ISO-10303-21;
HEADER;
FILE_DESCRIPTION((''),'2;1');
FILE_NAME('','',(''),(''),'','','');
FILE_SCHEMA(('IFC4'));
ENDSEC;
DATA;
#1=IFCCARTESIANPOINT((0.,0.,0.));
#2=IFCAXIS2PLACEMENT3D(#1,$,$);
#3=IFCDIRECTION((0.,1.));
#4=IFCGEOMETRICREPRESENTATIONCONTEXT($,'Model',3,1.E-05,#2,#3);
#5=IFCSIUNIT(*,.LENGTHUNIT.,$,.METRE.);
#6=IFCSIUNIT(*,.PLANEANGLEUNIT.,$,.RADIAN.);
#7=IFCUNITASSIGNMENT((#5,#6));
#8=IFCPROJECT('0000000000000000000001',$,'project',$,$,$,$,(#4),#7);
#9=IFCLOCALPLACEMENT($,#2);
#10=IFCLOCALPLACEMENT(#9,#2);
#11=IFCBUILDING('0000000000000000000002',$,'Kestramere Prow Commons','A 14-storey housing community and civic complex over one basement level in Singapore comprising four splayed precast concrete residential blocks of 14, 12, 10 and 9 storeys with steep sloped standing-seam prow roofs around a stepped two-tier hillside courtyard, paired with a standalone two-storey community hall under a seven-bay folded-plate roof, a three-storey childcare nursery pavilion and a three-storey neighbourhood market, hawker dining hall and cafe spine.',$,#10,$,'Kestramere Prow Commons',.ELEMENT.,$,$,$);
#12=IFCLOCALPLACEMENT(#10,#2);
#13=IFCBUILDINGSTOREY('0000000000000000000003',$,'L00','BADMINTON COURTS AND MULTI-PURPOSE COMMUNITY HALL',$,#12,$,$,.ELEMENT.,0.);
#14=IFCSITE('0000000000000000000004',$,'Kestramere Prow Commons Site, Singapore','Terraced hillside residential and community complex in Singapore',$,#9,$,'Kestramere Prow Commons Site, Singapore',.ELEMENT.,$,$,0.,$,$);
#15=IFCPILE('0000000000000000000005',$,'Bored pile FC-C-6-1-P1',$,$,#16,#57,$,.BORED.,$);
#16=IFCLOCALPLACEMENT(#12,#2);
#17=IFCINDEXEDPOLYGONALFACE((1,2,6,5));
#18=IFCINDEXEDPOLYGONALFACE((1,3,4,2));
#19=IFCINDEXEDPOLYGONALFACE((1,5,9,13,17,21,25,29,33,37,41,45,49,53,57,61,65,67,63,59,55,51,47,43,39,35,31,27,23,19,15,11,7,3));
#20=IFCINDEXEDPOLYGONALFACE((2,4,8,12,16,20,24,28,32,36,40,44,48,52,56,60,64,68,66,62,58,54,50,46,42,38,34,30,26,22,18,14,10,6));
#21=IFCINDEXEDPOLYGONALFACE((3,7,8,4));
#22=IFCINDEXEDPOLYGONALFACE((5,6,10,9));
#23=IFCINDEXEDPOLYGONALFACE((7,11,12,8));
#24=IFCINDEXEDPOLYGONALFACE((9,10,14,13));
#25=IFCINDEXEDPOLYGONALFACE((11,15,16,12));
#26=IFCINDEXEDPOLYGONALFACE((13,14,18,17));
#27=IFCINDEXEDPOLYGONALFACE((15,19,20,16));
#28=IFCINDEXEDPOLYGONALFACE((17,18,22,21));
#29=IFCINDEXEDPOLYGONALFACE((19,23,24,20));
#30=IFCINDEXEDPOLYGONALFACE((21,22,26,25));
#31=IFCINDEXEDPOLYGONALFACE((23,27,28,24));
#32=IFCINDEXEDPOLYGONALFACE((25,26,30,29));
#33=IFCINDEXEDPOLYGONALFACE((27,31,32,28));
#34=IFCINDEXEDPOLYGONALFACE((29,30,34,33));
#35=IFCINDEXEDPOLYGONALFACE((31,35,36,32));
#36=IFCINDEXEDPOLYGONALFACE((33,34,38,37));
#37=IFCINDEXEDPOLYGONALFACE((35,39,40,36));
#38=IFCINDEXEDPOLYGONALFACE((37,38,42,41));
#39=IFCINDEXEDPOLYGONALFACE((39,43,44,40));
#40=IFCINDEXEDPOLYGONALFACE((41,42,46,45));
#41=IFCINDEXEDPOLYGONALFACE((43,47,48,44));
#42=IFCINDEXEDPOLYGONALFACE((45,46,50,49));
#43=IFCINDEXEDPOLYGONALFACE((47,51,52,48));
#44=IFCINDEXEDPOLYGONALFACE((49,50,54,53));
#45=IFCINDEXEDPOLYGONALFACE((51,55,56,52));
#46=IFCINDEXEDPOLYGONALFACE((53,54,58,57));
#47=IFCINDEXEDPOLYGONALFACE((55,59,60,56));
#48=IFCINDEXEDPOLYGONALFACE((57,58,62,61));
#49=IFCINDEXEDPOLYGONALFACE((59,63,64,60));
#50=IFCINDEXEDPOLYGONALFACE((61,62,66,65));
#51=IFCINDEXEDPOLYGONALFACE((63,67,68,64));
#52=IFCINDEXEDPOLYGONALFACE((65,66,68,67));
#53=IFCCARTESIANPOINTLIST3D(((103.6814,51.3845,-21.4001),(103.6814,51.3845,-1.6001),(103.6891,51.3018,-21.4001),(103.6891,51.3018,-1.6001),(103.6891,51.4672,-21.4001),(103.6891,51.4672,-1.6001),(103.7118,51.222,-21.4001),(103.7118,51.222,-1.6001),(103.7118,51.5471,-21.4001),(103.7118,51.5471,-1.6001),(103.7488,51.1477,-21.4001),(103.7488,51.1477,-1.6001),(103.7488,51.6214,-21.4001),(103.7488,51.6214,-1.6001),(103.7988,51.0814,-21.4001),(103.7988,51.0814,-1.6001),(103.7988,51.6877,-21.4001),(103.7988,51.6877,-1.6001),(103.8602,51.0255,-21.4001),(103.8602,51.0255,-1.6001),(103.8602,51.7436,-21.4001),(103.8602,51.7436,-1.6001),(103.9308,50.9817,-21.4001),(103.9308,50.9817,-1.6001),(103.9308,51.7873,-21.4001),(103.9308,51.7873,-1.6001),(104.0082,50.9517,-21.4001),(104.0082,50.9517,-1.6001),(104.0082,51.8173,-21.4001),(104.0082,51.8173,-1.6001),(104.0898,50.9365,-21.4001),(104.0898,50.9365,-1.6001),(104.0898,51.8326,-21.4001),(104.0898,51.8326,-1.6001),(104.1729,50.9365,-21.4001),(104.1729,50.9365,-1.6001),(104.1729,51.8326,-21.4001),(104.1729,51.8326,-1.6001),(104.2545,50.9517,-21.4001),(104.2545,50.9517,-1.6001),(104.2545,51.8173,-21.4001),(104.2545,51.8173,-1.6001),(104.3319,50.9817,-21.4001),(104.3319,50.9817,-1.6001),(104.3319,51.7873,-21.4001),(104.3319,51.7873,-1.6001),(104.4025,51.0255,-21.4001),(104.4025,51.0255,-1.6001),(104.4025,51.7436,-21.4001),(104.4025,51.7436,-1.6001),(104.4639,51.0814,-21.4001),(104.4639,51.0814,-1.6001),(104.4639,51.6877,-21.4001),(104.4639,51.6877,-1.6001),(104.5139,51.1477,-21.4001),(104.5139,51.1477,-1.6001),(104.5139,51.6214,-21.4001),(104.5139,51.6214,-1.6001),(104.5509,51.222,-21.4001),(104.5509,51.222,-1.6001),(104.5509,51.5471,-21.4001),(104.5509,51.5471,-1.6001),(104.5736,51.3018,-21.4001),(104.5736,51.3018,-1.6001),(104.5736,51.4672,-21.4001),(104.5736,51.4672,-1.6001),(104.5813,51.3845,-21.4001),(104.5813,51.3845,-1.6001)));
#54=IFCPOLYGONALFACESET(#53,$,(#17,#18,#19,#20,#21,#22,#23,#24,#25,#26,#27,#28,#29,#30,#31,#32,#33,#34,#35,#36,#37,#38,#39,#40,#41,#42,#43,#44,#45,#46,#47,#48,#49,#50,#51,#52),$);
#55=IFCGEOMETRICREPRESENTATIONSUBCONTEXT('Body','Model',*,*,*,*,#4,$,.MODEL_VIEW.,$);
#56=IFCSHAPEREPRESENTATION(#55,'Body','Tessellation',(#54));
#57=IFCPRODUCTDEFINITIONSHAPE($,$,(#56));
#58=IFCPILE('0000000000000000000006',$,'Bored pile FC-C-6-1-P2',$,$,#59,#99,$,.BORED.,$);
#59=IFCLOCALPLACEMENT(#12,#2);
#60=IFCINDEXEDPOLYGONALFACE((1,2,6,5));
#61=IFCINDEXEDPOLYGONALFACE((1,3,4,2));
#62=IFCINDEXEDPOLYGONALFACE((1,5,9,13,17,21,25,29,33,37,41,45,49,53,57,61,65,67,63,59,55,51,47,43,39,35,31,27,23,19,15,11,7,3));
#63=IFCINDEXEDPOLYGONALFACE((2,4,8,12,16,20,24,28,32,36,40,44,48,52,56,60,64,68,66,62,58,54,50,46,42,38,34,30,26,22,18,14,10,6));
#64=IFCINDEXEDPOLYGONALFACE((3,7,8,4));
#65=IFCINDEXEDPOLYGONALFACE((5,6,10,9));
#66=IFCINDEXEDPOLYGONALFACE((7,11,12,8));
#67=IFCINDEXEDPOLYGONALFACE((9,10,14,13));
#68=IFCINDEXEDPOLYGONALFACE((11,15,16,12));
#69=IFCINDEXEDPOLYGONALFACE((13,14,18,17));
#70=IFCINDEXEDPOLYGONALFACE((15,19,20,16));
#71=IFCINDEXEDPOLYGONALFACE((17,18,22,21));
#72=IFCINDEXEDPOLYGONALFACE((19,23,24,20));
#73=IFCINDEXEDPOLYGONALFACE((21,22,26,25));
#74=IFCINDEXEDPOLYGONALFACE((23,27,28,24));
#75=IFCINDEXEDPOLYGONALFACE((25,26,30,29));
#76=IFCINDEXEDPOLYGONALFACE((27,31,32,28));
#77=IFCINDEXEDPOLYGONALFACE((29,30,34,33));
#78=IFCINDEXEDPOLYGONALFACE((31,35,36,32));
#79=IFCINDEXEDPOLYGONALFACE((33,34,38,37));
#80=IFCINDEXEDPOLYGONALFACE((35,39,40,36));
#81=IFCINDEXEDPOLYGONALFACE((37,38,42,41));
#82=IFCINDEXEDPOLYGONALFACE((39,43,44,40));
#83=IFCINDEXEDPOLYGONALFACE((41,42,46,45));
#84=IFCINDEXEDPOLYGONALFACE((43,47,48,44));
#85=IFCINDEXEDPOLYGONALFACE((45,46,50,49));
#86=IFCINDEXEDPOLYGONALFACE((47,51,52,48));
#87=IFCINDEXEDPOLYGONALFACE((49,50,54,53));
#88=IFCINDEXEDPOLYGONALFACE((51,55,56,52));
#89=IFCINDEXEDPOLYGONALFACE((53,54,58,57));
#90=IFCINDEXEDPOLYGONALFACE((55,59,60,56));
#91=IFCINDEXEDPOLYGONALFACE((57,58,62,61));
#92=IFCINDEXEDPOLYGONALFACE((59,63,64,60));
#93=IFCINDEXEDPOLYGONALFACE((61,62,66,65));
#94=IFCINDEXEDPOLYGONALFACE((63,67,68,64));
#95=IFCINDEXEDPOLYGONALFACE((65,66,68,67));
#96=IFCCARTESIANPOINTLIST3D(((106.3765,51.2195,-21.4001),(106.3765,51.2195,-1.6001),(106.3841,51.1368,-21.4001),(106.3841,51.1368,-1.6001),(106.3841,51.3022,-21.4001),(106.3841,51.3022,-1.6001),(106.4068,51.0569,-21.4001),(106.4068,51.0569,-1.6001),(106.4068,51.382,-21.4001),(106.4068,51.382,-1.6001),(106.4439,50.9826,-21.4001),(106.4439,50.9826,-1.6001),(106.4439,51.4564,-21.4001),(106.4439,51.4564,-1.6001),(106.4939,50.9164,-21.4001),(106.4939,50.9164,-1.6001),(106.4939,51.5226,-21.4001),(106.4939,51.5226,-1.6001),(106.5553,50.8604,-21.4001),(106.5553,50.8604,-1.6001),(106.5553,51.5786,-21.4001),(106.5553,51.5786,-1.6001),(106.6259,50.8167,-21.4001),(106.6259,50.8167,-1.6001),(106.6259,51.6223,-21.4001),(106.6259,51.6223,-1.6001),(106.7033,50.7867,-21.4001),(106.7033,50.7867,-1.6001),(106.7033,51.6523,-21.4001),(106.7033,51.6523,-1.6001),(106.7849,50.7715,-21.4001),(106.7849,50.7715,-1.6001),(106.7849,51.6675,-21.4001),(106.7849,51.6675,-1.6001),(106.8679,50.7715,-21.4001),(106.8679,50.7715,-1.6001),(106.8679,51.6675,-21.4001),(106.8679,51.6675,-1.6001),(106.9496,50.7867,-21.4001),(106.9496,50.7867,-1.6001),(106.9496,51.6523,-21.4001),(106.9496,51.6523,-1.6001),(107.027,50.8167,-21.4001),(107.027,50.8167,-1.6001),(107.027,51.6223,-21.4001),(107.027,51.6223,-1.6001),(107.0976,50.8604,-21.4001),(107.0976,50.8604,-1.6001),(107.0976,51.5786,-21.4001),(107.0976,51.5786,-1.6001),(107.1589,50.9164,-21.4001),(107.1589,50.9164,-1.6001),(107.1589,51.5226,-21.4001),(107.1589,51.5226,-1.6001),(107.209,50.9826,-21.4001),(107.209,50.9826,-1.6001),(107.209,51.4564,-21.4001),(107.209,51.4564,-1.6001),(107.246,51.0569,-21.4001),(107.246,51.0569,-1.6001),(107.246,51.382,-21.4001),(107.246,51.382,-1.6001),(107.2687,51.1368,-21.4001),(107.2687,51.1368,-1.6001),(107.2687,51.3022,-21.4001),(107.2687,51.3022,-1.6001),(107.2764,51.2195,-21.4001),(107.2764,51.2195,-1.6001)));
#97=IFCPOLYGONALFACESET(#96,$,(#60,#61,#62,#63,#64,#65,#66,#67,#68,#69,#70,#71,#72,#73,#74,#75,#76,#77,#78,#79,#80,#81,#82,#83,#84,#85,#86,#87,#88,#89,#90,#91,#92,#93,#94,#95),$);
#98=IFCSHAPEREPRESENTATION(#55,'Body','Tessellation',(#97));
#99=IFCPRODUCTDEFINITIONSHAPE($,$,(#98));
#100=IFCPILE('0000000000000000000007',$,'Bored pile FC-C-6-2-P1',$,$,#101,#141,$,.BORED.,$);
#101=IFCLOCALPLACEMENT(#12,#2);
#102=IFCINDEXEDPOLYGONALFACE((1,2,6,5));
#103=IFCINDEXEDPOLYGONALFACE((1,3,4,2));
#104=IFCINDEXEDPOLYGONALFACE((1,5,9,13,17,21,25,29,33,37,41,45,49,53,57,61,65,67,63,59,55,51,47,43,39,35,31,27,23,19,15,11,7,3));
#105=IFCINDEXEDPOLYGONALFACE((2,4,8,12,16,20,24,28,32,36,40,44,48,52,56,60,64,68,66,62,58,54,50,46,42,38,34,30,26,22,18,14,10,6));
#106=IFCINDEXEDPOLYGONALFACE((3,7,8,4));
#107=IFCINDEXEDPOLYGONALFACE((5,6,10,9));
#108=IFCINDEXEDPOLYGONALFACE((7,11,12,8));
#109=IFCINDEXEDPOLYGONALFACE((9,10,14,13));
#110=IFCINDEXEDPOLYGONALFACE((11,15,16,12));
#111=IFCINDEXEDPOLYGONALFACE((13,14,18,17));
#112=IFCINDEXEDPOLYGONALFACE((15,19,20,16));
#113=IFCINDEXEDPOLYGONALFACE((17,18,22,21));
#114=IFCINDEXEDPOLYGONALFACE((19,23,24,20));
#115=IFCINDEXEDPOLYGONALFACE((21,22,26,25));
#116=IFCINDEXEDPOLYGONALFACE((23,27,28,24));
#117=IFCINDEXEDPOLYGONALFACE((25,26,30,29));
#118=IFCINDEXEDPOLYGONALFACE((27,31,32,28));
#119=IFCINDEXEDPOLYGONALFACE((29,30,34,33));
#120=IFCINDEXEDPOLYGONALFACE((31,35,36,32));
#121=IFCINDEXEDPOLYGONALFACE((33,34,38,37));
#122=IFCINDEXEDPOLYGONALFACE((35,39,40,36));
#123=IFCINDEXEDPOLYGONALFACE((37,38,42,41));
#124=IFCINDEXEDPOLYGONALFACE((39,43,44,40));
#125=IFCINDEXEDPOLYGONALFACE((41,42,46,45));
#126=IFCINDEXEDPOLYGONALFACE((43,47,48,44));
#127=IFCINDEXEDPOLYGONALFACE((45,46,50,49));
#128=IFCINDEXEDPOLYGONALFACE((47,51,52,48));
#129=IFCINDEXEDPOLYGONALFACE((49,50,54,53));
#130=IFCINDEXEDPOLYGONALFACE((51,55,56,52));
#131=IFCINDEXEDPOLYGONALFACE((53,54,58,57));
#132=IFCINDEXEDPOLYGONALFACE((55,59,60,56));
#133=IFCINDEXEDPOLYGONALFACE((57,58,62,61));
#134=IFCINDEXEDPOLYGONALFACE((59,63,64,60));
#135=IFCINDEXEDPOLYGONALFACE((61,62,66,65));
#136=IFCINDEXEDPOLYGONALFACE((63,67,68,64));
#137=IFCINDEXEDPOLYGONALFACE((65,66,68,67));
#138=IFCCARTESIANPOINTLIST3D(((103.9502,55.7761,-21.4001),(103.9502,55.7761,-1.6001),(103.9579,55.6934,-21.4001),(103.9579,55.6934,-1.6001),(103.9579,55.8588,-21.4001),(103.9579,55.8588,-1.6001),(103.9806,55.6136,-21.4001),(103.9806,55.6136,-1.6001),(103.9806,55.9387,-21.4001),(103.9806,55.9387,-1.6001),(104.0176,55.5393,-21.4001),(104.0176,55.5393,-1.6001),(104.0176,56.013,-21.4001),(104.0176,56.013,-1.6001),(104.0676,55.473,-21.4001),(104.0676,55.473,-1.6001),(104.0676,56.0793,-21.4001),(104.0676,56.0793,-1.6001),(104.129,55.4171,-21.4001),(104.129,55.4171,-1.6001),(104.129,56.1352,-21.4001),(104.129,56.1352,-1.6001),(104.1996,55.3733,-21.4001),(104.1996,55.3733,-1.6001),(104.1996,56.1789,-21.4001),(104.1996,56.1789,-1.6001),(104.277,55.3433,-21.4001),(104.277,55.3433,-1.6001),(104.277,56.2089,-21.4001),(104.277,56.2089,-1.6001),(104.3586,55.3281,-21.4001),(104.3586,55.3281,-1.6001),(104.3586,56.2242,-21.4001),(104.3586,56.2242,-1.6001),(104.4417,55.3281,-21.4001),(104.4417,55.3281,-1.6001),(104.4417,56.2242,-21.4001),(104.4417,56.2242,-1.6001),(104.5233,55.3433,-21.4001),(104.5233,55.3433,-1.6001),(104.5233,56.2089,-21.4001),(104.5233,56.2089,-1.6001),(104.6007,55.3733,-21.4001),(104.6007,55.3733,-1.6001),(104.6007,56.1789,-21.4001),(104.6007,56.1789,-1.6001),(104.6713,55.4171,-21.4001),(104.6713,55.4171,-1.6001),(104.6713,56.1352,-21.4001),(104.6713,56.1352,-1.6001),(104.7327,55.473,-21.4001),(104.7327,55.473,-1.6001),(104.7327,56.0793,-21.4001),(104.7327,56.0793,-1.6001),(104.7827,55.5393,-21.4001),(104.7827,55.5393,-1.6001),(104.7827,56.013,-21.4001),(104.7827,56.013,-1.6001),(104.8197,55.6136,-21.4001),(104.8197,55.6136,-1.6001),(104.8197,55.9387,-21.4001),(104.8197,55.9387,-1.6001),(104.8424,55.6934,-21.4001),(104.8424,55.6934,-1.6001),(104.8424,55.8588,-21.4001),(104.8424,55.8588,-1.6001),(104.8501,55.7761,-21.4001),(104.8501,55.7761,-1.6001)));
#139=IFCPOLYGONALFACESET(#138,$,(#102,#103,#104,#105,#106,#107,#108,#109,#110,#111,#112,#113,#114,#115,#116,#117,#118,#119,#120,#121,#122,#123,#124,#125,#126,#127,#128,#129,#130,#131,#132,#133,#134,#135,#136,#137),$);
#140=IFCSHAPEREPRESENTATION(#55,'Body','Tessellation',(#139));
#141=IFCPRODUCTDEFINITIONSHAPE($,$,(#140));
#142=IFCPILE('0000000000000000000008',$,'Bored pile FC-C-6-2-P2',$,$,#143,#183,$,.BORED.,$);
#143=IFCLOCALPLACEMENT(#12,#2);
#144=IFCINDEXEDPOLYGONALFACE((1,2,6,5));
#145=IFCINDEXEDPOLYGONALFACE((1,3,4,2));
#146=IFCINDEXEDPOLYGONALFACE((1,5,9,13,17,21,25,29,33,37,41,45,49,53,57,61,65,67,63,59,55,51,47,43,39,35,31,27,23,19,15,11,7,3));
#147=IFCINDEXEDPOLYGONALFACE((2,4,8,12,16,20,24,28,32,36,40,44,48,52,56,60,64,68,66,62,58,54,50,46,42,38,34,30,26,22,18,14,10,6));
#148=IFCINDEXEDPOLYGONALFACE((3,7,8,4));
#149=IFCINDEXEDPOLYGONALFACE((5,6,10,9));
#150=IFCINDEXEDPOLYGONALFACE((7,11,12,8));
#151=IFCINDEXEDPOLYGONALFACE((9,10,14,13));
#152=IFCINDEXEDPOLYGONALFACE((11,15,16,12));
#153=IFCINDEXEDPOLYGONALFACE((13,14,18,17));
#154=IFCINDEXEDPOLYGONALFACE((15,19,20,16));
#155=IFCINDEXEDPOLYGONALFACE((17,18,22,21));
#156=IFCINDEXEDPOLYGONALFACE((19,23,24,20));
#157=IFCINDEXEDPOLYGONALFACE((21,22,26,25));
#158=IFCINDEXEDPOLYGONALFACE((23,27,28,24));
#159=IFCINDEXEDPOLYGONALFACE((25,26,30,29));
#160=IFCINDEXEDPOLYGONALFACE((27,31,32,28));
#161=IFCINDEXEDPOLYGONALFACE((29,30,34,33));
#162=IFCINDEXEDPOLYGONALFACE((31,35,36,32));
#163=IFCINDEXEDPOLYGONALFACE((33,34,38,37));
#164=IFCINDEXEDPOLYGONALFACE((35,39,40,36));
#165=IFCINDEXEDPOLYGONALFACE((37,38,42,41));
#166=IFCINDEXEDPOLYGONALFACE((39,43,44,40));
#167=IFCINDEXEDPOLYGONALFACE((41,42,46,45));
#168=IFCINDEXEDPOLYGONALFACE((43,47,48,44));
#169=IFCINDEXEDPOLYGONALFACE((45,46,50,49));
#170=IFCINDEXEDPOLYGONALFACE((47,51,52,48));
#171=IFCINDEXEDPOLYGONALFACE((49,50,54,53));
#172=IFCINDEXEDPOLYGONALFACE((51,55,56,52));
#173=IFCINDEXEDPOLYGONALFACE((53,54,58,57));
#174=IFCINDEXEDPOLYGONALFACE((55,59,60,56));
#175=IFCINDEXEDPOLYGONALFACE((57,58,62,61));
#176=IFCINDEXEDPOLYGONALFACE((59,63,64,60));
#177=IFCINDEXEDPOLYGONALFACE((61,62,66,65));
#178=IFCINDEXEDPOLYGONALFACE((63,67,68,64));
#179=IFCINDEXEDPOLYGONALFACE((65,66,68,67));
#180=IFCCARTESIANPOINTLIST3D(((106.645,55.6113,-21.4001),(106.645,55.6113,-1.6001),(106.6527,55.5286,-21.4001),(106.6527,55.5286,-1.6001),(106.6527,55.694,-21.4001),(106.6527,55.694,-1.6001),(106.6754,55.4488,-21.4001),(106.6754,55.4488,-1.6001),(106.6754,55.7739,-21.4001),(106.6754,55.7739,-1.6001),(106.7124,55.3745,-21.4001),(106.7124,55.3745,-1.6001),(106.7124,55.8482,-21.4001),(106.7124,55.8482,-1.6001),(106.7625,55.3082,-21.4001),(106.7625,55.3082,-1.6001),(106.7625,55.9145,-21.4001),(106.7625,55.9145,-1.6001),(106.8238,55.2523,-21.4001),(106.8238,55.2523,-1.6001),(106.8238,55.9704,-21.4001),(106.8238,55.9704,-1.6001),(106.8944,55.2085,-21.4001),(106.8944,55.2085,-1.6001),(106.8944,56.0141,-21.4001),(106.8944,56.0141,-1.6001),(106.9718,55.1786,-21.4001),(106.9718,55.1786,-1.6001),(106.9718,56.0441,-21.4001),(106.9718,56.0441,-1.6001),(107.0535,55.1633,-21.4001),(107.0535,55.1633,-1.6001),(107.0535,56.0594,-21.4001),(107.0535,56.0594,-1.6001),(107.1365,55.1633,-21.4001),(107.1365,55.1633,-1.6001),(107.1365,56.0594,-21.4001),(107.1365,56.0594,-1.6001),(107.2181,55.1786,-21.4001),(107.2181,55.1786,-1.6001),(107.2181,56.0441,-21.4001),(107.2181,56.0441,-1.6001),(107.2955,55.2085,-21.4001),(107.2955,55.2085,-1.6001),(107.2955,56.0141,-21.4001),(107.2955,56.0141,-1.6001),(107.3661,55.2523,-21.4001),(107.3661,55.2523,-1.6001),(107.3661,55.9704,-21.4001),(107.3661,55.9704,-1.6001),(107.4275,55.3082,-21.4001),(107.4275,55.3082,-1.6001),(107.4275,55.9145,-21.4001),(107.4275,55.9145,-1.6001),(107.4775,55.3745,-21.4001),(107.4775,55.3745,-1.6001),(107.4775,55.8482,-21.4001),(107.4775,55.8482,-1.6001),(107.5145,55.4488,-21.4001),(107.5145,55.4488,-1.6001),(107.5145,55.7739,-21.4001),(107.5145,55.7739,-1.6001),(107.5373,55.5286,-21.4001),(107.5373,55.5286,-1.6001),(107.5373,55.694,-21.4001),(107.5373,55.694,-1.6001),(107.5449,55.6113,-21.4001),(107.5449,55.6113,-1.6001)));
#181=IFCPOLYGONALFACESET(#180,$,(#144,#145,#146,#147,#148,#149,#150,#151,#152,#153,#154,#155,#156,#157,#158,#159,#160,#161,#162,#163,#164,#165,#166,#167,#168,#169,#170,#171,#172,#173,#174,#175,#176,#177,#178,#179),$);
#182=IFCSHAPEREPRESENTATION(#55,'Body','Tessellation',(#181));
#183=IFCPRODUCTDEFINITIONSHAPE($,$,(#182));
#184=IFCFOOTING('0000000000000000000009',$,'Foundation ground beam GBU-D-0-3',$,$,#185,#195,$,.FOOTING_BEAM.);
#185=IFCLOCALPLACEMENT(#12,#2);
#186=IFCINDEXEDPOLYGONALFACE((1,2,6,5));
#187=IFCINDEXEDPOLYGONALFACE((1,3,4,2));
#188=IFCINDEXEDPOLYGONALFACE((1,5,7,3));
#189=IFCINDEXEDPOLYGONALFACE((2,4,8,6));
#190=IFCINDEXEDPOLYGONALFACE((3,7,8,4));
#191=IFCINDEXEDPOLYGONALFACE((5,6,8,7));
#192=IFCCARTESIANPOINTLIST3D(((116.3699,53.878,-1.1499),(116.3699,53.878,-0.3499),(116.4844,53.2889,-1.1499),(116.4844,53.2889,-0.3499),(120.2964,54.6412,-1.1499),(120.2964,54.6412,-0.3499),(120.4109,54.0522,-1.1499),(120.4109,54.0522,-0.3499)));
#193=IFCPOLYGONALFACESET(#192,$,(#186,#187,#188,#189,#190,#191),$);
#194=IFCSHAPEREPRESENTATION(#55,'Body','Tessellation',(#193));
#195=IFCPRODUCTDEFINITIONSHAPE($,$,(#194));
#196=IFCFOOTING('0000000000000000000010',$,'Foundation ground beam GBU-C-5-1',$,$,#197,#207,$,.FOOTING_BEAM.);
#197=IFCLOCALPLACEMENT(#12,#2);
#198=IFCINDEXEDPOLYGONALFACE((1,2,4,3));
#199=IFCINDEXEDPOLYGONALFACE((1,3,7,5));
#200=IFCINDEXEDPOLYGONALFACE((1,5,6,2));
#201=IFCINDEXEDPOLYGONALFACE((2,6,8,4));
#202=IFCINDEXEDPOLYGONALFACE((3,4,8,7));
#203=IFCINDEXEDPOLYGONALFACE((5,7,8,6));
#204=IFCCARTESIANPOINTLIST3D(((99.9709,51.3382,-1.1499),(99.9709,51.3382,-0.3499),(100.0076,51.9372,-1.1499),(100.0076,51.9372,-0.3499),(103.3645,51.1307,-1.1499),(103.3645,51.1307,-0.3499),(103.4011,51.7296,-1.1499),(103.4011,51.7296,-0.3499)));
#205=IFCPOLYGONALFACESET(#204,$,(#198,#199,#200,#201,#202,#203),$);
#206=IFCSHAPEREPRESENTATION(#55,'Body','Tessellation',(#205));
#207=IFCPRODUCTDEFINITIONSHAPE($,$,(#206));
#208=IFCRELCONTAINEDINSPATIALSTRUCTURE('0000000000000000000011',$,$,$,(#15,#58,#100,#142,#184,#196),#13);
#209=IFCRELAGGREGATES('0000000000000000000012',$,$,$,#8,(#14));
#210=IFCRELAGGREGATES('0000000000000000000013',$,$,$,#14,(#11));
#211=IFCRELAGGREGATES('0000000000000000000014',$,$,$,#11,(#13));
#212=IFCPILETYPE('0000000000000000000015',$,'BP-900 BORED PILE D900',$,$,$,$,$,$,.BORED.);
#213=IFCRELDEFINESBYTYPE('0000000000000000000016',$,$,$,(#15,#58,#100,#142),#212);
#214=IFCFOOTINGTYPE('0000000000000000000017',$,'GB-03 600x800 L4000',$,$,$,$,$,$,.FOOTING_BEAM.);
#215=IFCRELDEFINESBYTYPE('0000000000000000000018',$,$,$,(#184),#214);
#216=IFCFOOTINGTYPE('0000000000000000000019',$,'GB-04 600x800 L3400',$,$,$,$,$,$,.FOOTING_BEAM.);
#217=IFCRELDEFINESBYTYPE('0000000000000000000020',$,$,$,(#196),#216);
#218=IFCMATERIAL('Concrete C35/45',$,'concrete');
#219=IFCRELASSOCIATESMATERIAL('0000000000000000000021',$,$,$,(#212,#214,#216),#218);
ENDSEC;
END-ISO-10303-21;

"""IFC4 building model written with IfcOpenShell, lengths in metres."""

from ifc_helpers import new_model, si_unit, direction, frame, origin, origin_2d, place, context, subcontext, project, spatial, rectangle, circle, extrude, material, material_profile, profile_set, type_object, element, save


model = new_model("IFC4")

# Units and contexts
model_context = context("Model", 3, precision=1e-05, world=origin(), true_north=direction((0.0, 1.0)))
body_context = subcontext(model_context, "Body", "Model", "MODEL_VIEW")
ifc_project = project(units=[si_unit("LENGTHUNIT", "METRE"), si_unit("PLANEANGLEUNIT", "RADIAN")], contexts=[model_context])

# Site, building, storey
site_placement = place(None, origin())
site = spatial("IfcSite", under=ifc_project, at=site_placement, Name="Kestramere Prow Commons Site, Singapore", Description="Terraced hillside residential and community complex in Singapore", LongName="Kestramere Prow Commons Site, Singapore", CompositionType="ELEMENT", RefElevation=0.0)
building_placement = place(site_placement, origin())
building = spatial("IfcBuilding", under=site, at=building_placement, Name="Kestramere Prow Commons", Description="A 14-storey housing community and civic complex over one basement level in Singapore comprising four splayed precast concrete residential blocks of 14, 12, 10 and 9 storeys with steep sloped standing-seam prow roofs around a stepped two-tier hillside courtyard, paired with a standalone two-storey community hall under a seven-bay folded-plate roof, a three-storey childcare nursery pavilion and a three-storey neighbourhood market, hawker dining hall and cafe spine.", LongName="Kestramere Prow Commons", CompositionType="ELEMENT")
storey_placement = place(building_placement, origin())
storey = spatial("IfcBuildingStorey", under=building, at=storey_placement, Name="L00", Description="BADMINTON COURTS AND MULTI-PURPOSE COMMUNITY HALL", CompositionType="ELEMENT", Elevation=0.0)

# Piles
ifc_material_1 = material(Name="Concrete C35/45", Category="concrete")
ifc_material_profile_1 = material_profile(ifc_material_1, circle(Radius=0.45, at=origin_2d()), Name="BORED PILE D900")
ifc_profile_set_1 = profile_set([ifc_material_profile_1], Name="Concrete C35/45")
pile_type_1 = type_object("IfcPileType", Name="BP-900 BORED PILE D900", PredefinedType="BORED", material=ifc_profile_set_1)
for number, where, z_axis, x_axis, name in (
    (1, (104.1313, 51.3845, -1.6001), (0.0, 0.0, -1.0), (1.0, 0.0, 0.0), "Bored pile FC-C-6-1-P1"),
    (2, (106.8264, 51.2195, -1.6001), (0.0, 0.0, -1.0), (1.0, 0.0, 0.0), "Bored pile FC-C-6-1-P2"),
    (3, (104.4001, 55.7761, -1.6001), (0.0, 0.0, -1.0), (1.0, 0.0, 0.0), "Bored pile FC-C-6-2-P1"),
    (4, (107.095, 55.6113, -1.6001), (0.0, 0.0, -1.0), (1.0, 0.0, 0.0), "Bored pile FC-C-6-2-P2"),
):
    element("IfcPile", number, at=place(storey_placement, frame(where, z_axis=z_axis, x_axis=x_axis)), inside=storey, type_object=pile_type_1, Name=name, PredefinedType="BORED", context=body_context, shape_type="SweptSolid", body=[
        extrude(circle(Radius=0.45, at=origin_2d()), origin(), (0.0, 0.0, 1.0), 19.8),
    ])

# Footings
footing_type_1 = type_object("IfcFootingType", Name="GB-03 600x800 L4000", PredefinedType="FOOTING_BEAM", material=ifc_material_1)
footing_1_placement = place(storey_placement, frame((118.3904, 53.9651, -1.1499), z_axis=(0.0, 0.0, 1.0), x_axis=(0.981627, 0.190809, 0.0)))
element("IfcFooting", 5, at=footing_1_placement, inside=storey, type_object=footing_type_1, Name="Foundation ground beam GBU-D-0-3", PredefinedType="FOOTING_BEAM", context=body_context, shape_type="SweptSolid", body=[
    extrude(rectangle(XDim=4.0, YDim=0.6001, at=origin_2d()), origin(), (0.0, 0.0, 1.0), 0.8),
])
footing_type_2 = type_object("IfcFootingType", Name="GB-04 600x800 L3400", PredefinedType="FOOTING_BEAM", material=ifc_material_1)
for number, where, z_axis, x_axis, name in (
    (6, (101.686, 51.5339, -1.1499), (0.0, 0.0, 1.0), (0.998135, -0.061049, 0.0), "Foundation ground beam GBU-C-5-1"),
):
    element("IfcFooting", number, at=place(storey_placement, frame(where, z_axis=z_axis, x_axis=x_axis)), inside=storey, type_object=footing_type_2, Name=name, PredefinedType="FOOTING_BEAM", context=body_context, shape_type="SweptSolid", body=[
        extrude(rectangle(XDim=3.3999, YDim=0.6001, at=origin_2d()), origin(), (0.0, 0.0, 1.0), 0.8),
    ])

save(model, "model.ifc")
